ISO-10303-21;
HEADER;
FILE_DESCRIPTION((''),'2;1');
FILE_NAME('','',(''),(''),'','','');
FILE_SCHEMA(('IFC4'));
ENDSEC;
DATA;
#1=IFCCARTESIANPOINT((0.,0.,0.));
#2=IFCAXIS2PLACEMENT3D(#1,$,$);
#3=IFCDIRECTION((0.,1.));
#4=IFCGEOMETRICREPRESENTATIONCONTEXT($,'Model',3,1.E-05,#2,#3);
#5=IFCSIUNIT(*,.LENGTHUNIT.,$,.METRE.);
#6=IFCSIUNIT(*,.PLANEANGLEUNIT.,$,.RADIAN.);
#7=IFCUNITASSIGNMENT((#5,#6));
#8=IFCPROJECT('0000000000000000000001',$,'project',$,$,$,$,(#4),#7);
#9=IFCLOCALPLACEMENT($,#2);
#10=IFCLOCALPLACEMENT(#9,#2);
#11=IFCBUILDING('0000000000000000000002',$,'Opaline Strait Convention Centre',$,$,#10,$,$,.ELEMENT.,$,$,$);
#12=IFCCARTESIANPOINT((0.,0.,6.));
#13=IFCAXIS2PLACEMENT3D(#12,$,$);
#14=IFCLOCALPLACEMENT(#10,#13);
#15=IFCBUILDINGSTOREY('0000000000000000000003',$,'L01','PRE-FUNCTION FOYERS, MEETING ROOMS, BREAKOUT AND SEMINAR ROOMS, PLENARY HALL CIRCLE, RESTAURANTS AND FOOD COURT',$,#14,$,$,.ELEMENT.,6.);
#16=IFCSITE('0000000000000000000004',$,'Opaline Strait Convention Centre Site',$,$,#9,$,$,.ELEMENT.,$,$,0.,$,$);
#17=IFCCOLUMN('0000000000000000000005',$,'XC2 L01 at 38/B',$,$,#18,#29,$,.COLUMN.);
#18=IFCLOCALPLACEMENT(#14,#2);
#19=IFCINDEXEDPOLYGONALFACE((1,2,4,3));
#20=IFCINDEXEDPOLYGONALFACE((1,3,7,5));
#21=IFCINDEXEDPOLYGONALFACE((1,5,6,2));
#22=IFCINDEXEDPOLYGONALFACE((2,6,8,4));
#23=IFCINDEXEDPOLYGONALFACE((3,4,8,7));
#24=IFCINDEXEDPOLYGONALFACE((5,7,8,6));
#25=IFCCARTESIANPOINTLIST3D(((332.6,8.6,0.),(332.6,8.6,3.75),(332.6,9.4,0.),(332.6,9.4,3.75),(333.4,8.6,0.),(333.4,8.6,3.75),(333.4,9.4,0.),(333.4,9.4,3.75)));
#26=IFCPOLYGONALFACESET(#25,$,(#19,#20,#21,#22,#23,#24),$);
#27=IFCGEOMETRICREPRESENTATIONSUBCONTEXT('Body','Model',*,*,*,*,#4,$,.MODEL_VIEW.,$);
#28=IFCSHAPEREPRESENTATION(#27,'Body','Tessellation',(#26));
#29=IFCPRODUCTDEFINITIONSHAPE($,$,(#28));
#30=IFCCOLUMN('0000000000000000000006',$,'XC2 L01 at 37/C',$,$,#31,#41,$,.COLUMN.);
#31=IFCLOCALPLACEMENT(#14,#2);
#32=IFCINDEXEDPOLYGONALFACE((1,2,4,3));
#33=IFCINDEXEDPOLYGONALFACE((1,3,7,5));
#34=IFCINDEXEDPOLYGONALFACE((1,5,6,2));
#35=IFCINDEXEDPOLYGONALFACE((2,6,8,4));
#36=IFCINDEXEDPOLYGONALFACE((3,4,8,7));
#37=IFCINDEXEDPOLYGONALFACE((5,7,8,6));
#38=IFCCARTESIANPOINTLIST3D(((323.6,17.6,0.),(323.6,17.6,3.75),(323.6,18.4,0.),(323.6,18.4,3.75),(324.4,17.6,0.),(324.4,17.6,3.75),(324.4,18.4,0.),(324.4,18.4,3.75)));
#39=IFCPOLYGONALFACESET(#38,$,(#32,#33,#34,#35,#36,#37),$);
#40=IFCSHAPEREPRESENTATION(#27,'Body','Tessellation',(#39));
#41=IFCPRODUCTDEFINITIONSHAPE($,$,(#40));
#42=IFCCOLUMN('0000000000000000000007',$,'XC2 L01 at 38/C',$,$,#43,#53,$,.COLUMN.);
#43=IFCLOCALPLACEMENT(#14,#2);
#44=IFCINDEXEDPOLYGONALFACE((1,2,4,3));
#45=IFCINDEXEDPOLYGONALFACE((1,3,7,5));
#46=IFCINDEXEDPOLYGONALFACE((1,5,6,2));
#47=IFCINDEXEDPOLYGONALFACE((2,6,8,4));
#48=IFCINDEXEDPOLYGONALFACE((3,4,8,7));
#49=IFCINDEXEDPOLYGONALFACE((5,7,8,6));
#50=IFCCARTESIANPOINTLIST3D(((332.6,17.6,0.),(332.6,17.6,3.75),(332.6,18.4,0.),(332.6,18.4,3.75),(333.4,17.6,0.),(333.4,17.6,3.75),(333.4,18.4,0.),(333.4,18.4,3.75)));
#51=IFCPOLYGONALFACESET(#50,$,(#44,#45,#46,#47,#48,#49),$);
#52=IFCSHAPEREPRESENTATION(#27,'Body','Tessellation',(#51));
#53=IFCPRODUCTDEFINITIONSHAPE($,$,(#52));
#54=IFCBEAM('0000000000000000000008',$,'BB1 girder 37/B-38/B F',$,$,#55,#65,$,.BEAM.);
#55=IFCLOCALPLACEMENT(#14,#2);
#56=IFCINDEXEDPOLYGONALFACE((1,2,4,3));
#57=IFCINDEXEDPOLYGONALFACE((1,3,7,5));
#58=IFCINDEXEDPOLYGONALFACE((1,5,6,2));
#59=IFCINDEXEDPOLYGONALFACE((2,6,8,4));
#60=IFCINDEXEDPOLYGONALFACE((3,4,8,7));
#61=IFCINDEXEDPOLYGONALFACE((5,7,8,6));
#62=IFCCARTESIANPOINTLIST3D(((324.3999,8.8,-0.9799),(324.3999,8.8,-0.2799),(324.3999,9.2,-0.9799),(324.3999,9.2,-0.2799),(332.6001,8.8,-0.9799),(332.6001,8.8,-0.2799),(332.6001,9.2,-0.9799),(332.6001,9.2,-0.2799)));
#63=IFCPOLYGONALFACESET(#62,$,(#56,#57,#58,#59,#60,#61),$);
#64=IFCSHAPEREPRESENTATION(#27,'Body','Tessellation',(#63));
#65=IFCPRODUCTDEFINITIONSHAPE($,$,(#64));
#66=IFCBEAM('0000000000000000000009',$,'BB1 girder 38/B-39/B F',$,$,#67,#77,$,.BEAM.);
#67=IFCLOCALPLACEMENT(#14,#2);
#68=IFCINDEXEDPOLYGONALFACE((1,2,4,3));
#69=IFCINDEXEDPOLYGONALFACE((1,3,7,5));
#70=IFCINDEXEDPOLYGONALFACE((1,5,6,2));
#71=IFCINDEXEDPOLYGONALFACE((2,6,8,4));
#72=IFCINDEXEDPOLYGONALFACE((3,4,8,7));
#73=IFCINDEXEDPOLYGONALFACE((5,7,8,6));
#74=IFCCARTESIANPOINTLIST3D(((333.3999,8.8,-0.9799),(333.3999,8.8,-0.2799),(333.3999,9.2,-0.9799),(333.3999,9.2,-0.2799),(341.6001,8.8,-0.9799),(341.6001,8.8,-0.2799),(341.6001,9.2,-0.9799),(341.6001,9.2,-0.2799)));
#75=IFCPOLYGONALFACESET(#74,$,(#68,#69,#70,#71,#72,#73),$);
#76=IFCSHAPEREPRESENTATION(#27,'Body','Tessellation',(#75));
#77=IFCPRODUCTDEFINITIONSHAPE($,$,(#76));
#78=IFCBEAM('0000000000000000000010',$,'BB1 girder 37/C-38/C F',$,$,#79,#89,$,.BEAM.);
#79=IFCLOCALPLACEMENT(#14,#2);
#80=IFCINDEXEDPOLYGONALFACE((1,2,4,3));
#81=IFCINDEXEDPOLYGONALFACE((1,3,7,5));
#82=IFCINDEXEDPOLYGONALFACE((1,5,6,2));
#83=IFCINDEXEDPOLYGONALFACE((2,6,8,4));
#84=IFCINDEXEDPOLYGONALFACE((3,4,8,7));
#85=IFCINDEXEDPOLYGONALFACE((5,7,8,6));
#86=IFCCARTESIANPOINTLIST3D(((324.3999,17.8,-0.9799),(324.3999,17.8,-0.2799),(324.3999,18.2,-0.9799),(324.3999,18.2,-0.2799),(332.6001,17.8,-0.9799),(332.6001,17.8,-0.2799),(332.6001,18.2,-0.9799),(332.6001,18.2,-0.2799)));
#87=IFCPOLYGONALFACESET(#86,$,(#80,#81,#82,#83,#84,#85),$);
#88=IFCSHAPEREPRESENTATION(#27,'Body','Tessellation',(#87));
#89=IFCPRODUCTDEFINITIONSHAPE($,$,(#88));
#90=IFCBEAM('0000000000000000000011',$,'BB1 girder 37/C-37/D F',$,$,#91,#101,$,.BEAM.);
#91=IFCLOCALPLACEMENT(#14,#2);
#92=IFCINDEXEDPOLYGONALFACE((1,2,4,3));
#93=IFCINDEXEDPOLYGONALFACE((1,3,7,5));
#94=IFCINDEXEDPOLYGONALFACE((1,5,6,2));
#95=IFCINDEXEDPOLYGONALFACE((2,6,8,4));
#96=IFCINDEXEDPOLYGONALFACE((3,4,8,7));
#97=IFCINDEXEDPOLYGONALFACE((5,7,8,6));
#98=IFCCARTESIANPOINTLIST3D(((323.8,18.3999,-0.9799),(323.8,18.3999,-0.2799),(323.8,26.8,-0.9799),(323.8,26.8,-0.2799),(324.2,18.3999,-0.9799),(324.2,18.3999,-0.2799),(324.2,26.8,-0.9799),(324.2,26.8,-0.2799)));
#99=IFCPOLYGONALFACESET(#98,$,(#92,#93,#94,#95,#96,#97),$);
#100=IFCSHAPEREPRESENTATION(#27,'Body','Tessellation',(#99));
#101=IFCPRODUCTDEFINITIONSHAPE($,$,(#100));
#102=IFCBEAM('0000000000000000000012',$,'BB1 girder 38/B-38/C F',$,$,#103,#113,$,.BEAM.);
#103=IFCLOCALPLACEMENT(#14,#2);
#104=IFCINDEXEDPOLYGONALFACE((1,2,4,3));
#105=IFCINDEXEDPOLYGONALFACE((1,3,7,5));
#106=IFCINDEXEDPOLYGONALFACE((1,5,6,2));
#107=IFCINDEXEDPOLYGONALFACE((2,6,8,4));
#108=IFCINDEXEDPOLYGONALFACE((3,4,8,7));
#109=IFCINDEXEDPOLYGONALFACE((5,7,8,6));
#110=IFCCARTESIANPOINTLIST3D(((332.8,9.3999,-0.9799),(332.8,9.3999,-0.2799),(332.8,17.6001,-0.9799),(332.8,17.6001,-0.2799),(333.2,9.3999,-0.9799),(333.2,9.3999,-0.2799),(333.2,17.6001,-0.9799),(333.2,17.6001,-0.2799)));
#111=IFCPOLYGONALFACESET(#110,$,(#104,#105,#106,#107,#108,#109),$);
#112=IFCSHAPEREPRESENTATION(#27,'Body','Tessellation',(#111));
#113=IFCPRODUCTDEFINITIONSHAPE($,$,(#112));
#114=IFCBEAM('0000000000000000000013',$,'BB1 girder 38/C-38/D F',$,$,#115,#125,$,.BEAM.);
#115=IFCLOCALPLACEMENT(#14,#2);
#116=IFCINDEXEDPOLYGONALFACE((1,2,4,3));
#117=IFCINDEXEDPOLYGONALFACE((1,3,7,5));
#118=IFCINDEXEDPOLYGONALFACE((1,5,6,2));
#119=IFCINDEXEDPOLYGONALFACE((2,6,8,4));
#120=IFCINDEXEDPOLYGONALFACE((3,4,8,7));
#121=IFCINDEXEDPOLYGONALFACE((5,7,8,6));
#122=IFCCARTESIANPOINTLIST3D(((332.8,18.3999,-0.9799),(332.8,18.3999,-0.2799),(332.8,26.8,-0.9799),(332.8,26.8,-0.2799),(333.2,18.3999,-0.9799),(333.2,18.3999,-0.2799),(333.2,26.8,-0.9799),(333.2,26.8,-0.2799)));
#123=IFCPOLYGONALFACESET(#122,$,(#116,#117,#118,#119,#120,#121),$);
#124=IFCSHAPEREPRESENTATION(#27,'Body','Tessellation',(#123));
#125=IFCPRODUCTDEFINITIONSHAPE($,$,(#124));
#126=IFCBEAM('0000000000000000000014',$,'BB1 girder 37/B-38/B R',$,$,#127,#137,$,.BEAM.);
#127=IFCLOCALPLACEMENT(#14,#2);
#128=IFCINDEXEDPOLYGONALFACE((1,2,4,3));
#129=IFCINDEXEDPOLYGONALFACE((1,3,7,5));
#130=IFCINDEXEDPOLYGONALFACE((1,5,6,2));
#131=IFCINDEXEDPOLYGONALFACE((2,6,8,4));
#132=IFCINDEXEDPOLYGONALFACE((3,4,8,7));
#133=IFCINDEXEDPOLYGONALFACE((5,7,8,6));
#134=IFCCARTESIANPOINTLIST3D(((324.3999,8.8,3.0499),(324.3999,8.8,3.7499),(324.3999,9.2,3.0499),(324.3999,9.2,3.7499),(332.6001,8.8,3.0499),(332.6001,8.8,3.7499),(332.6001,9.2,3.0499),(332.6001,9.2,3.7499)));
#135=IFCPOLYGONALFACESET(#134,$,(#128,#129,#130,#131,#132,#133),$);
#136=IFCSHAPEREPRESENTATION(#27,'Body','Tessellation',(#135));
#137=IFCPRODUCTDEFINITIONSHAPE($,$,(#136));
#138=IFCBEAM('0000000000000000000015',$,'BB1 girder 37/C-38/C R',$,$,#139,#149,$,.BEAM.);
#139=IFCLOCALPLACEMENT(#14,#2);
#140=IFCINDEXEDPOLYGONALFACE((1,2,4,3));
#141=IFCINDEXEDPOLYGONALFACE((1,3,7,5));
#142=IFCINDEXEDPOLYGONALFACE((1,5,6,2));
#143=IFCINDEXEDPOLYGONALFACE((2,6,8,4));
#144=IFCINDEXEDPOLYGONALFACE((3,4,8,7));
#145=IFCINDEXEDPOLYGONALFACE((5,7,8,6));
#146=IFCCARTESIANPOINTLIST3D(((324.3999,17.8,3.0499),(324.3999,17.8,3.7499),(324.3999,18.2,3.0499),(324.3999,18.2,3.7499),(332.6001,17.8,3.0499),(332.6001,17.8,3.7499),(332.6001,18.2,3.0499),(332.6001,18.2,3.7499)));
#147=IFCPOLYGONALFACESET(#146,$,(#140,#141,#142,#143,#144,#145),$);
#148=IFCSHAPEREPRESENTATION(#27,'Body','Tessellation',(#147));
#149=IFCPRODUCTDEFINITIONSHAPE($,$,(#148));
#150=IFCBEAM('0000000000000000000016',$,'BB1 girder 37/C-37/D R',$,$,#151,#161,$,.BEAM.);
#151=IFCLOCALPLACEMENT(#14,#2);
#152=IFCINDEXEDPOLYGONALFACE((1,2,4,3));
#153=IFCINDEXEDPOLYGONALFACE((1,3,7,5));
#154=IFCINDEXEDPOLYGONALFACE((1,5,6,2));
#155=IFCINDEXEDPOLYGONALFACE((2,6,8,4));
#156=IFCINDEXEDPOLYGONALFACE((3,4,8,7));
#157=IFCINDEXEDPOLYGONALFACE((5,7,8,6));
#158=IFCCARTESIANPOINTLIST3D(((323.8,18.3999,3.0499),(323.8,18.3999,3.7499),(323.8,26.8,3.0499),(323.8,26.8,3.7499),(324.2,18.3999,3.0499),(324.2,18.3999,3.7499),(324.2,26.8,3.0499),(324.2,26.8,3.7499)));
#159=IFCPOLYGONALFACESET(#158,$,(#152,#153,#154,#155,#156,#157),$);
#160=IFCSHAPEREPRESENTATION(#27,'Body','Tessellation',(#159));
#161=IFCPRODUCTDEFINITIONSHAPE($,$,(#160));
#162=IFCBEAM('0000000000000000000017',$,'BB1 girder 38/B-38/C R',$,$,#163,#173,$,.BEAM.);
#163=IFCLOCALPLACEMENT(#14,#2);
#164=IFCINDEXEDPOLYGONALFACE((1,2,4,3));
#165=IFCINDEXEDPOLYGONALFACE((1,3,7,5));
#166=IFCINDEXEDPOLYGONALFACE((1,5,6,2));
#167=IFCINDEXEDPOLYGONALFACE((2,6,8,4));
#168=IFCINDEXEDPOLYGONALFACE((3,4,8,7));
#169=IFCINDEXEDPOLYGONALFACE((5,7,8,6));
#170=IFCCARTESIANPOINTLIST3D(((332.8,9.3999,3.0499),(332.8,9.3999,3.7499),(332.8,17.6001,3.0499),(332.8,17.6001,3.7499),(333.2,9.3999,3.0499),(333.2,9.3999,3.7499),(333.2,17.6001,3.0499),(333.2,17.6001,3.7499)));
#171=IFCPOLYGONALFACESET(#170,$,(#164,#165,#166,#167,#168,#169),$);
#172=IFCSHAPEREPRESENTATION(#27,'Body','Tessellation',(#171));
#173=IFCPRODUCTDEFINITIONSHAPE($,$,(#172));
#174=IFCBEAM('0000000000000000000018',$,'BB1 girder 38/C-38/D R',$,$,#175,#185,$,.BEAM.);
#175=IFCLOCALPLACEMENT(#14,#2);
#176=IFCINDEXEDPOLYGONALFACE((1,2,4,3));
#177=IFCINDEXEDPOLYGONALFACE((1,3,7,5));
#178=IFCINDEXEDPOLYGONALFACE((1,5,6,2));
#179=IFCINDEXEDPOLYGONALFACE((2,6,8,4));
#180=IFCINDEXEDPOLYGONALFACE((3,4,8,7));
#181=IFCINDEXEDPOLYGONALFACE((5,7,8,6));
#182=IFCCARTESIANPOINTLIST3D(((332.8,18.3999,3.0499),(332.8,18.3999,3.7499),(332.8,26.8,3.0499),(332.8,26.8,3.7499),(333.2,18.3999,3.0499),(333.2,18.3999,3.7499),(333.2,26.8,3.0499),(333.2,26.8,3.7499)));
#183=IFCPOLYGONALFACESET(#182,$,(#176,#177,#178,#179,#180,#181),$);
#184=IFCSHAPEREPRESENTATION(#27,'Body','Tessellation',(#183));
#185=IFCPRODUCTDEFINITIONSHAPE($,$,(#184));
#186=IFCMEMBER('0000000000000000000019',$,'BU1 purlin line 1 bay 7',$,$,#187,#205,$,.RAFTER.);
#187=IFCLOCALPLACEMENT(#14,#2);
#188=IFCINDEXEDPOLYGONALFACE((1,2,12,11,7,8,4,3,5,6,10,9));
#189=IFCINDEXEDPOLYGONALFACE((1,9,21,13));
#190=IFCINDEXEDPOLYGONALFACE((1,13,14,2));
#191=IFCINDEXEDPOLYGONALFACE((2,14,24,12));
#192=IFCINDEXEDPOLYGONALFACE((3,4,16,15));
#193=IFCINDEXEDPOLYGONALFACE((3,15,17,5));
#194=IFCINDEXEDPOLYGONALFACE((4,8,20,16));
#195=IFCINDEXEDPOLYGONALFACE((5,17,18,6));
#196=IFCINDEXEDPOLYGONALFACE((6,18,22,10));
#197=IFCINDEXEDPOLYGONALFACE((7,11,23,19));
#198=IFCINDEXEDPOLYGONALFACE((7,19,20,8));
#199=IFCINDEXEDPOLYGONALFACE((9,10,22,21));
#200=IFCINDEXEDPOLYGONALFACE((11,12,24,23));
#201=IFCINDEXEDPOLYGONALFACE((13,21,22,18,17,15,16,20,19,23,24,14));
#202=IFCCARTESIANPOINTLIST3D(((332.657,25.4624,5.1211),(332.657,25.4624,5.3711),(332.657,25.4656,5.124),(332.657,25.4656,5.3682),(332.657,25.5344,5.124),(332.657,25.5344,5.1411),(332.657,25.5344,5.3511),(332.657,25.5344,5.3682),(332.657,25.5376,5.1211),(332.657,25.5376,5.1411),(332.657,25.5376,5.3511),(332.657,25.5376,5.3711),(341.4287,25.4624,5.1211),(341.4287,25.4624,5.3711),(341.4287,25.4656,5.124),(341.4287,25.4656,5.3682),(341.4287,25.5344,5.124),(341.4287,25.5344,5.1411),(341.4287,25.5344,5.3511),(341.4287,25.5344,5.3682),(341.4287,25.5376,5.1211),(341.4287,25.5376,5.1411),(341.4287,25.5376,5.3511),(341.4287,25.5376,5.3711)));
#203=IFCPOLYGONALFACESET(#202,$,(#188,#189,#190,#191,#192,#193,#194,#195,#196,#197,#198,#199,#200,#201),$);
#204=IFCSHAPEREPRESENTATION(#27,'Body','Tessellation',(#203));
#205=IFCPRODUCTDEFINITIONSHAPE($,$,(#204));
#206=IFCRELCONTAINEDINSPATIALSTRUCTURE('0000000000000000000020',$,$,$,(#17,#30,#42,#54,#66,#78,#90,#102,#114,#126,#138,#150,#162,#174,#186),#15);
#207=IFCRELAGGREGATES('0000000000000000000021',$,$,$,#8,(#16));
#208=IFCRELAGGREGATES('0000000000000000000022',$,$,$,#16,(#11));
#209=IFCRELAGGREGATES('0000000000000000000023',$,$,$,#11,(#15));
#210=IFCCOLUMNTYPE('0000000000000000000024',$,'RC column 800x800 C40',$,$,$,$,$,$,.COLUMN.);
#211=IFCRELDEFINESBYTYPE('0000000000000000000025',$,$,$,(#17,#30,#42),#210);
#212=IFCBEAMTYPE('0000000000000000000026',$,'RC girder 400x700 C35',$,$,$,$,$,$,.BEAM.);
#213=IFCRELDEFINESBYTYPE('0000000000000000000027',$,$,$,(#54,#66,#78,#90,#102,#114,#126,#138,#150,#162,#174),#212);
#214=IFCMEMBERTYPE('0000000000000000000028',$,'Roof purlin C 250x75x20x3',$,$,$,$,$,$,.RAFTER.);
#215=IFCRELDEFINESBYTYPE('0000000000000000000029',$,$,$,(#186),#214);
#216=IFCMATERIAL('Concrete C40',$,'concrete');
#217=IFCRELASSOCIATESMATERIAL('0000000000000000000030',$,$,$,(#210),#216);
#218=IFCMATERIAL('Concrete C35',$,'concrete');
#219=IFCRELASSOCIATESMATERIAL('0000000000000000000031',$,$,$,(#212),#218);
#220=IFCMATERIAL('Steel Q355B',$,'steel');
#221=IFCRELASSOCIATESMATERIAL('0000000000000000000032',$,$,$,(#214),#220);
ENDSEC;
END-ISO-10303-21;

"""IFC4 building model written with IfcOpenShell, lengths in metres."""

from ifc_helpers import new_model, si_unit, direction, frame, origin, origin_2d, place, context, subcontext, project, spatial, polyline, rectangle, outline, extrude, material, material_profile, profile_set, type_object, element, save


model = new_model("IFC4")

# Units and contexts
model_context = context("Model", 3, precision=1e-05, world=origin(), true_north=direction((0.0, 1.0)))
body_context = subcontext(model_context, "Body", "Model", "MODEL_VIEW")
ifc_project = project(units=[si_unit("LENGTHUNIT", "METRE"), si_unit("PLANEANGLEUNIT", "RADIAN")], contexts=[model_context])

# Site, building, storey
site_placement = place(None, origin())
site = spatial("IfcSite", under=ifc_project, at=site_placement, Name="Opaline Strait Convention Centre Site", CompositionType="ELEMENT", RefElevation=0.0)
building_placement = place(site_placement, origin())
building = spatial("IfcBuilding", under=site, at=building_placement, Name="Opaline Strait Convention Centre", CompositionType="ELEMENT")
storey_placement = place(building_placement, frame((0.0, 0.0, 6.0)))
storey = spatial("IfcBuildingStorey", under=building, at=storey_placement, Name="L01", Description="PRE-FUNCTION FOYERS, MEETING ROOMS, BREAKOUT AND SEMINAR ROOMS, PLENARY HALL CIRCLE, RESTAURANTS AND FOOD COURT", CompositionType="ELEMENT", Elevation=6.0)

# Columns
ifc_material_1 = material(Name="Concrete C40", Category="concrete")
ifc_material_profile_1 = material_profile(ifc_material_1, rectangle(XDim=0.8, YDim=0.8, at=origin_2d()), Name="RC 800x800")
ifc_profile_set_1 = profile_set([ifc_material_profile_1], Name="Concrete C40")
column_type = type_object("IfcColumnType", Name="RC column 800x800 C40", PredefinedType="COLUMN", material=ifc_profile_set_1)
for number, where, z_axis, x_axis, name in (
    (1, (333.0, 9.0, 0.0), (0.0, 0.0, 1.0), (1.0, 0.0, 0.0), "XC2 L01 at 38/B"),
    (2, (324.0, 18.0, 0.0), (0.0, 0.0, 1.0), (1.0, 0.0, 0.0), "XC2 L01 at 37/C"),
    (3, (333.0, 18.0, 0.0), (0.0, 0.0, 1.0), (1.0, 0.0, 0.0), "XC2 L01 at 38/C"),
):
    element("IfcColumn", number, at=place(storey_placement, frame(where, z_axis=z_axis, x_axis=x_axis)), inside=storey, type_object=column_type, Name=name, PredefinedType="COLUMN", context=body_context, shape_type="SweptSolid", body=[
        extrude(rectangle(XDim=0.8, YDim=0.8, at=origin_2d()), origin(), (0.0, 0.0, 1.0), 3.75),
    ])

# Beams
ifc_material_2 = material(Name="Concrete C35", Category="concrete")
ifc_material_profile_2 = material_profile(ifc_material_2, rectangle(XDim=0.3999, YDim=0.7, at=origin_2d()), Name="RC 400x700")
ifc_profile_set_2 = profile_set([ifc_material_profile_2], Name="Concrete C35")
beam_type = type_object("IfcBeamType", Name="RC girder 400x700 C35", PredefinedType="BEAM", material=ifc_profile_set_2)
for number, where, z_axis, x_axis, name in (
    (4, (324.3999, 9.0, -0.6299), (1.0, 0.0, 0.0), (0.0, 1.0, 0.0), "BB1 girder 37/B-38/B F"),
    (5, (333.3999, 9.0, -0.6299), (1.0, 0.0, 0.0), (0.0, 1.0, 0.0), "BB1 girder 38/B-39/B F"),
    (6, (324.3999, 18.0, -0.6299), (1.0, 0.0, 0.0), (0.0, 1.0, 0.0), "BB1 girder 37/C-38/C F"),
):
    element("IfcBeam", number, at=place(storey_placement, frame(where, z_axis=z_axis, x_axis=x_axis)), inside=storey, type_object=beam_type, Name=name, PredefinedType="BEAM", context=body_context, shape_type="SweptSolid", body=[
        extrude(rectangle(XDim=0.3999, YDim=0.7, at=origin_2d()), origin(), (0.0, 0.0, 1.0), 8.2002),
    ])
beam_1_placement = place(storey_placement, frame((324.0, 18.3999, -0.6299), z_axis=(0.0, 1.0, 0.0), x_axis=(-1.0, 0.0, 0.0)))
element("IfcBeam", 7, at=beam_1_placement, inside=storey, type_object=beam_type, Name="BB1 girder 37/C-37/D F", PredefinedType="BEAM", context=body_context, shape_type="SweptSolid", body=[
    extrude(rectangle(XDim=0.3999, YDim=0.7, at=origin_2d()), origin(), (0.0, 0.0, 1.0), 8.4001),
])
beam_2_placement = place(storey_placement, frame((333.0, 9.3999, -0.6299), z_axis=(0.0, 1.0, 0.0), x_axis=(-1.0, 0.0, 0.0)))
element("IfcBeam", 8, at=beam_2_placement, inside=storey, type_object=beam_type, Name="BB1 girder 38/B-38/C F", PredefinedType="BEAM", context=body_context, shape_type="SweptSolid", body=[
    extrude(rectangle(XDim=0.3999, YDim=0.7, at=origin_2d()), origin(), (0.0, 0.0, 1.0), 8.2002),
])
beam_3_placement = place(storey_placement, frame((333.0, 18.3999, -0.6299), z_axis=(0.0, 1.0, 0.0), x_axis=(-1.0, 0.0, 0.0)))
element("IfcBeam", 9, at=beam_3_placement, inside=storey, type_object=beam_type, Name="BB1 girder 38/C-38/D F", PredefinedType="BEAM", context=body_context, shape_type="SweptSolid", body=[
    extrude(rectangle(XDim=0.3999, YDim=0.7, at=origin_2d()), origin(), (0.0, 0.0, 1.0), 8.4001),
])
for number, where, z_axis, x_axis, name in (
    (10, (324.3999, 9.0, 3.3999), (1.0, 0.0, 0.0), (0.0, 1.0, 0.0), "BB1 girder 37/B-38/B R"),
    (11, (324.3999, 18.0, 3.3999), (1.0, 0.0, 0.0), (0.0, 1.0, 0.0), "BB1 girder 37/C-38/C R"),
):
    element("IfcBeam", number, at=place(storey_placement, frame(where, z_axis=z_axis, x_axis=x_axis)), inside=storey, type_object=beam_type, Name=name, PredefinedType="BEAM", context=body_context, shape_type="SweptSolid", body=[
        extrude(rectangle(XDim=0.3999, YDim=0.7, at=origin_2d()), origin(), (0.0, 0.0, 1.0), 8.2002),
    ])
beam_4_placement = place(storey_placement, frame((324.0, 18.3999, 3.3999), z_axis=(0.0, 1.0, 0.0), x_axis=(-1.0, 0.0, 0.0)))
element("IfcBeam", 12, at=beam_4_placement, inside=storey, type_object=beam_type, Name="BB1 girder 37/C-37/D R", PredefinedType="BEAM", context=body_context, shape_type="SweptSolid", body=[
    extrude(rectangle(XDim=0.3999, YDim=0.7, at=origin_2d()), origin(), (0.0, 0.0, 1.0), 8.4001),
])
beam_5_placement = place(storey_placement, frame((333.0, 9.3999, 3.3999), z_axis=(0.0, 1.0, 0.0), x_axis=(-1.0, 0.0, 0.0)))
element("IfcBeam", 13, at=beam_5_placement, inside=storey, type_object=beam_type, Name="BB1 girder 38/B-38/C R", PredefinedType="BEAM", context=body_context, shape_type="SweptSolid", body=[
    extrude(rectangle(XDim=0.3999, YDim=0.7, at=origin_2d()), origin(), (0.0, 0.0, 1.0), 8.2002),
])
beam_6_placement = place(storey_placement, frame((333.0, 18.3999, 3.3999), z_axis=(0.0, 1.0, 0.0), x_axis=(-1.0, 0.0, 0.0)))
element("IfcBeam", 14, at=beam_6_placement, inside=storey, type_object=beam_type, Name="BB1 girder 38/C-38/D R", PredefinedType="BEAM", context=body_context, shape_type="SweptSolid", body=[
    extrude(rectangle(XDim=0.3999, YDim=0.7, at=origin_2d()), origin(), (0.0, 0.0, 1.0), 8.4001),
])

# Member
ifc_material_3 = material(Name="Steel Q355B", Category="steel")
ifc_material_profile_3 = material_profile(ifc_material_3, outline(polyline([(-0.0376, -0.125), (0.0376, -0.125), (0.0376, -0.105), (0.0344, -0.105), (0.0344, -0.1221), (-0.0344, -0.1221), (-0.0344, 0.1221), (0.0344, 0.1221), (0.0344, 0.105), (0.0376, 0.105), (0.0376, 0.125), (-0.0376, 0.125), (-0.0376, -0.125)])), Name="C 250x75x20x3")
ifc_profile_set_3 = profile_set([ifc_material_profile_3], Name="Steel Q355B")
member_type_1 = type_object("IfcMemberType", Name="Roof purlin C 250x75x20x3", PredefinedType="RAFTER", material=ifc_profile_set_3)
member_1_placement = place(storey_placement, frame((332.657, 25.5, 5.2461), z_axis=(1.0, 0.0, 0.0), x_axis=(0.0, 1.0, 0.0)))
element("IfcMember", 15, at=member_1_placement, inside=storey, type_object=member_type_1, Name="BU1 purlin line 1 bay 7", PredefinedType="RAFTER", context=body_context, shape_type="SweptSolid", body=[
    extrude(outline(polyline([(-0.0376, -0.125), (0.0376, -0.125), (0.0376, -0.105), (0.0344, -0.105), (0.0344, -0.1221), (-0.0344, -0.1221), (-0.0344, 0.1221), (0.0344, 0.1221), (0.0344, 0.105), (0.0376, 0.105), (0.0376, 0.125), (-0.0376, 0.125), (-0.0376, -0.125)])), origin(), (0.0, 0.0, 1.0), 8.7717),
])

save(model, "model.ifc")
